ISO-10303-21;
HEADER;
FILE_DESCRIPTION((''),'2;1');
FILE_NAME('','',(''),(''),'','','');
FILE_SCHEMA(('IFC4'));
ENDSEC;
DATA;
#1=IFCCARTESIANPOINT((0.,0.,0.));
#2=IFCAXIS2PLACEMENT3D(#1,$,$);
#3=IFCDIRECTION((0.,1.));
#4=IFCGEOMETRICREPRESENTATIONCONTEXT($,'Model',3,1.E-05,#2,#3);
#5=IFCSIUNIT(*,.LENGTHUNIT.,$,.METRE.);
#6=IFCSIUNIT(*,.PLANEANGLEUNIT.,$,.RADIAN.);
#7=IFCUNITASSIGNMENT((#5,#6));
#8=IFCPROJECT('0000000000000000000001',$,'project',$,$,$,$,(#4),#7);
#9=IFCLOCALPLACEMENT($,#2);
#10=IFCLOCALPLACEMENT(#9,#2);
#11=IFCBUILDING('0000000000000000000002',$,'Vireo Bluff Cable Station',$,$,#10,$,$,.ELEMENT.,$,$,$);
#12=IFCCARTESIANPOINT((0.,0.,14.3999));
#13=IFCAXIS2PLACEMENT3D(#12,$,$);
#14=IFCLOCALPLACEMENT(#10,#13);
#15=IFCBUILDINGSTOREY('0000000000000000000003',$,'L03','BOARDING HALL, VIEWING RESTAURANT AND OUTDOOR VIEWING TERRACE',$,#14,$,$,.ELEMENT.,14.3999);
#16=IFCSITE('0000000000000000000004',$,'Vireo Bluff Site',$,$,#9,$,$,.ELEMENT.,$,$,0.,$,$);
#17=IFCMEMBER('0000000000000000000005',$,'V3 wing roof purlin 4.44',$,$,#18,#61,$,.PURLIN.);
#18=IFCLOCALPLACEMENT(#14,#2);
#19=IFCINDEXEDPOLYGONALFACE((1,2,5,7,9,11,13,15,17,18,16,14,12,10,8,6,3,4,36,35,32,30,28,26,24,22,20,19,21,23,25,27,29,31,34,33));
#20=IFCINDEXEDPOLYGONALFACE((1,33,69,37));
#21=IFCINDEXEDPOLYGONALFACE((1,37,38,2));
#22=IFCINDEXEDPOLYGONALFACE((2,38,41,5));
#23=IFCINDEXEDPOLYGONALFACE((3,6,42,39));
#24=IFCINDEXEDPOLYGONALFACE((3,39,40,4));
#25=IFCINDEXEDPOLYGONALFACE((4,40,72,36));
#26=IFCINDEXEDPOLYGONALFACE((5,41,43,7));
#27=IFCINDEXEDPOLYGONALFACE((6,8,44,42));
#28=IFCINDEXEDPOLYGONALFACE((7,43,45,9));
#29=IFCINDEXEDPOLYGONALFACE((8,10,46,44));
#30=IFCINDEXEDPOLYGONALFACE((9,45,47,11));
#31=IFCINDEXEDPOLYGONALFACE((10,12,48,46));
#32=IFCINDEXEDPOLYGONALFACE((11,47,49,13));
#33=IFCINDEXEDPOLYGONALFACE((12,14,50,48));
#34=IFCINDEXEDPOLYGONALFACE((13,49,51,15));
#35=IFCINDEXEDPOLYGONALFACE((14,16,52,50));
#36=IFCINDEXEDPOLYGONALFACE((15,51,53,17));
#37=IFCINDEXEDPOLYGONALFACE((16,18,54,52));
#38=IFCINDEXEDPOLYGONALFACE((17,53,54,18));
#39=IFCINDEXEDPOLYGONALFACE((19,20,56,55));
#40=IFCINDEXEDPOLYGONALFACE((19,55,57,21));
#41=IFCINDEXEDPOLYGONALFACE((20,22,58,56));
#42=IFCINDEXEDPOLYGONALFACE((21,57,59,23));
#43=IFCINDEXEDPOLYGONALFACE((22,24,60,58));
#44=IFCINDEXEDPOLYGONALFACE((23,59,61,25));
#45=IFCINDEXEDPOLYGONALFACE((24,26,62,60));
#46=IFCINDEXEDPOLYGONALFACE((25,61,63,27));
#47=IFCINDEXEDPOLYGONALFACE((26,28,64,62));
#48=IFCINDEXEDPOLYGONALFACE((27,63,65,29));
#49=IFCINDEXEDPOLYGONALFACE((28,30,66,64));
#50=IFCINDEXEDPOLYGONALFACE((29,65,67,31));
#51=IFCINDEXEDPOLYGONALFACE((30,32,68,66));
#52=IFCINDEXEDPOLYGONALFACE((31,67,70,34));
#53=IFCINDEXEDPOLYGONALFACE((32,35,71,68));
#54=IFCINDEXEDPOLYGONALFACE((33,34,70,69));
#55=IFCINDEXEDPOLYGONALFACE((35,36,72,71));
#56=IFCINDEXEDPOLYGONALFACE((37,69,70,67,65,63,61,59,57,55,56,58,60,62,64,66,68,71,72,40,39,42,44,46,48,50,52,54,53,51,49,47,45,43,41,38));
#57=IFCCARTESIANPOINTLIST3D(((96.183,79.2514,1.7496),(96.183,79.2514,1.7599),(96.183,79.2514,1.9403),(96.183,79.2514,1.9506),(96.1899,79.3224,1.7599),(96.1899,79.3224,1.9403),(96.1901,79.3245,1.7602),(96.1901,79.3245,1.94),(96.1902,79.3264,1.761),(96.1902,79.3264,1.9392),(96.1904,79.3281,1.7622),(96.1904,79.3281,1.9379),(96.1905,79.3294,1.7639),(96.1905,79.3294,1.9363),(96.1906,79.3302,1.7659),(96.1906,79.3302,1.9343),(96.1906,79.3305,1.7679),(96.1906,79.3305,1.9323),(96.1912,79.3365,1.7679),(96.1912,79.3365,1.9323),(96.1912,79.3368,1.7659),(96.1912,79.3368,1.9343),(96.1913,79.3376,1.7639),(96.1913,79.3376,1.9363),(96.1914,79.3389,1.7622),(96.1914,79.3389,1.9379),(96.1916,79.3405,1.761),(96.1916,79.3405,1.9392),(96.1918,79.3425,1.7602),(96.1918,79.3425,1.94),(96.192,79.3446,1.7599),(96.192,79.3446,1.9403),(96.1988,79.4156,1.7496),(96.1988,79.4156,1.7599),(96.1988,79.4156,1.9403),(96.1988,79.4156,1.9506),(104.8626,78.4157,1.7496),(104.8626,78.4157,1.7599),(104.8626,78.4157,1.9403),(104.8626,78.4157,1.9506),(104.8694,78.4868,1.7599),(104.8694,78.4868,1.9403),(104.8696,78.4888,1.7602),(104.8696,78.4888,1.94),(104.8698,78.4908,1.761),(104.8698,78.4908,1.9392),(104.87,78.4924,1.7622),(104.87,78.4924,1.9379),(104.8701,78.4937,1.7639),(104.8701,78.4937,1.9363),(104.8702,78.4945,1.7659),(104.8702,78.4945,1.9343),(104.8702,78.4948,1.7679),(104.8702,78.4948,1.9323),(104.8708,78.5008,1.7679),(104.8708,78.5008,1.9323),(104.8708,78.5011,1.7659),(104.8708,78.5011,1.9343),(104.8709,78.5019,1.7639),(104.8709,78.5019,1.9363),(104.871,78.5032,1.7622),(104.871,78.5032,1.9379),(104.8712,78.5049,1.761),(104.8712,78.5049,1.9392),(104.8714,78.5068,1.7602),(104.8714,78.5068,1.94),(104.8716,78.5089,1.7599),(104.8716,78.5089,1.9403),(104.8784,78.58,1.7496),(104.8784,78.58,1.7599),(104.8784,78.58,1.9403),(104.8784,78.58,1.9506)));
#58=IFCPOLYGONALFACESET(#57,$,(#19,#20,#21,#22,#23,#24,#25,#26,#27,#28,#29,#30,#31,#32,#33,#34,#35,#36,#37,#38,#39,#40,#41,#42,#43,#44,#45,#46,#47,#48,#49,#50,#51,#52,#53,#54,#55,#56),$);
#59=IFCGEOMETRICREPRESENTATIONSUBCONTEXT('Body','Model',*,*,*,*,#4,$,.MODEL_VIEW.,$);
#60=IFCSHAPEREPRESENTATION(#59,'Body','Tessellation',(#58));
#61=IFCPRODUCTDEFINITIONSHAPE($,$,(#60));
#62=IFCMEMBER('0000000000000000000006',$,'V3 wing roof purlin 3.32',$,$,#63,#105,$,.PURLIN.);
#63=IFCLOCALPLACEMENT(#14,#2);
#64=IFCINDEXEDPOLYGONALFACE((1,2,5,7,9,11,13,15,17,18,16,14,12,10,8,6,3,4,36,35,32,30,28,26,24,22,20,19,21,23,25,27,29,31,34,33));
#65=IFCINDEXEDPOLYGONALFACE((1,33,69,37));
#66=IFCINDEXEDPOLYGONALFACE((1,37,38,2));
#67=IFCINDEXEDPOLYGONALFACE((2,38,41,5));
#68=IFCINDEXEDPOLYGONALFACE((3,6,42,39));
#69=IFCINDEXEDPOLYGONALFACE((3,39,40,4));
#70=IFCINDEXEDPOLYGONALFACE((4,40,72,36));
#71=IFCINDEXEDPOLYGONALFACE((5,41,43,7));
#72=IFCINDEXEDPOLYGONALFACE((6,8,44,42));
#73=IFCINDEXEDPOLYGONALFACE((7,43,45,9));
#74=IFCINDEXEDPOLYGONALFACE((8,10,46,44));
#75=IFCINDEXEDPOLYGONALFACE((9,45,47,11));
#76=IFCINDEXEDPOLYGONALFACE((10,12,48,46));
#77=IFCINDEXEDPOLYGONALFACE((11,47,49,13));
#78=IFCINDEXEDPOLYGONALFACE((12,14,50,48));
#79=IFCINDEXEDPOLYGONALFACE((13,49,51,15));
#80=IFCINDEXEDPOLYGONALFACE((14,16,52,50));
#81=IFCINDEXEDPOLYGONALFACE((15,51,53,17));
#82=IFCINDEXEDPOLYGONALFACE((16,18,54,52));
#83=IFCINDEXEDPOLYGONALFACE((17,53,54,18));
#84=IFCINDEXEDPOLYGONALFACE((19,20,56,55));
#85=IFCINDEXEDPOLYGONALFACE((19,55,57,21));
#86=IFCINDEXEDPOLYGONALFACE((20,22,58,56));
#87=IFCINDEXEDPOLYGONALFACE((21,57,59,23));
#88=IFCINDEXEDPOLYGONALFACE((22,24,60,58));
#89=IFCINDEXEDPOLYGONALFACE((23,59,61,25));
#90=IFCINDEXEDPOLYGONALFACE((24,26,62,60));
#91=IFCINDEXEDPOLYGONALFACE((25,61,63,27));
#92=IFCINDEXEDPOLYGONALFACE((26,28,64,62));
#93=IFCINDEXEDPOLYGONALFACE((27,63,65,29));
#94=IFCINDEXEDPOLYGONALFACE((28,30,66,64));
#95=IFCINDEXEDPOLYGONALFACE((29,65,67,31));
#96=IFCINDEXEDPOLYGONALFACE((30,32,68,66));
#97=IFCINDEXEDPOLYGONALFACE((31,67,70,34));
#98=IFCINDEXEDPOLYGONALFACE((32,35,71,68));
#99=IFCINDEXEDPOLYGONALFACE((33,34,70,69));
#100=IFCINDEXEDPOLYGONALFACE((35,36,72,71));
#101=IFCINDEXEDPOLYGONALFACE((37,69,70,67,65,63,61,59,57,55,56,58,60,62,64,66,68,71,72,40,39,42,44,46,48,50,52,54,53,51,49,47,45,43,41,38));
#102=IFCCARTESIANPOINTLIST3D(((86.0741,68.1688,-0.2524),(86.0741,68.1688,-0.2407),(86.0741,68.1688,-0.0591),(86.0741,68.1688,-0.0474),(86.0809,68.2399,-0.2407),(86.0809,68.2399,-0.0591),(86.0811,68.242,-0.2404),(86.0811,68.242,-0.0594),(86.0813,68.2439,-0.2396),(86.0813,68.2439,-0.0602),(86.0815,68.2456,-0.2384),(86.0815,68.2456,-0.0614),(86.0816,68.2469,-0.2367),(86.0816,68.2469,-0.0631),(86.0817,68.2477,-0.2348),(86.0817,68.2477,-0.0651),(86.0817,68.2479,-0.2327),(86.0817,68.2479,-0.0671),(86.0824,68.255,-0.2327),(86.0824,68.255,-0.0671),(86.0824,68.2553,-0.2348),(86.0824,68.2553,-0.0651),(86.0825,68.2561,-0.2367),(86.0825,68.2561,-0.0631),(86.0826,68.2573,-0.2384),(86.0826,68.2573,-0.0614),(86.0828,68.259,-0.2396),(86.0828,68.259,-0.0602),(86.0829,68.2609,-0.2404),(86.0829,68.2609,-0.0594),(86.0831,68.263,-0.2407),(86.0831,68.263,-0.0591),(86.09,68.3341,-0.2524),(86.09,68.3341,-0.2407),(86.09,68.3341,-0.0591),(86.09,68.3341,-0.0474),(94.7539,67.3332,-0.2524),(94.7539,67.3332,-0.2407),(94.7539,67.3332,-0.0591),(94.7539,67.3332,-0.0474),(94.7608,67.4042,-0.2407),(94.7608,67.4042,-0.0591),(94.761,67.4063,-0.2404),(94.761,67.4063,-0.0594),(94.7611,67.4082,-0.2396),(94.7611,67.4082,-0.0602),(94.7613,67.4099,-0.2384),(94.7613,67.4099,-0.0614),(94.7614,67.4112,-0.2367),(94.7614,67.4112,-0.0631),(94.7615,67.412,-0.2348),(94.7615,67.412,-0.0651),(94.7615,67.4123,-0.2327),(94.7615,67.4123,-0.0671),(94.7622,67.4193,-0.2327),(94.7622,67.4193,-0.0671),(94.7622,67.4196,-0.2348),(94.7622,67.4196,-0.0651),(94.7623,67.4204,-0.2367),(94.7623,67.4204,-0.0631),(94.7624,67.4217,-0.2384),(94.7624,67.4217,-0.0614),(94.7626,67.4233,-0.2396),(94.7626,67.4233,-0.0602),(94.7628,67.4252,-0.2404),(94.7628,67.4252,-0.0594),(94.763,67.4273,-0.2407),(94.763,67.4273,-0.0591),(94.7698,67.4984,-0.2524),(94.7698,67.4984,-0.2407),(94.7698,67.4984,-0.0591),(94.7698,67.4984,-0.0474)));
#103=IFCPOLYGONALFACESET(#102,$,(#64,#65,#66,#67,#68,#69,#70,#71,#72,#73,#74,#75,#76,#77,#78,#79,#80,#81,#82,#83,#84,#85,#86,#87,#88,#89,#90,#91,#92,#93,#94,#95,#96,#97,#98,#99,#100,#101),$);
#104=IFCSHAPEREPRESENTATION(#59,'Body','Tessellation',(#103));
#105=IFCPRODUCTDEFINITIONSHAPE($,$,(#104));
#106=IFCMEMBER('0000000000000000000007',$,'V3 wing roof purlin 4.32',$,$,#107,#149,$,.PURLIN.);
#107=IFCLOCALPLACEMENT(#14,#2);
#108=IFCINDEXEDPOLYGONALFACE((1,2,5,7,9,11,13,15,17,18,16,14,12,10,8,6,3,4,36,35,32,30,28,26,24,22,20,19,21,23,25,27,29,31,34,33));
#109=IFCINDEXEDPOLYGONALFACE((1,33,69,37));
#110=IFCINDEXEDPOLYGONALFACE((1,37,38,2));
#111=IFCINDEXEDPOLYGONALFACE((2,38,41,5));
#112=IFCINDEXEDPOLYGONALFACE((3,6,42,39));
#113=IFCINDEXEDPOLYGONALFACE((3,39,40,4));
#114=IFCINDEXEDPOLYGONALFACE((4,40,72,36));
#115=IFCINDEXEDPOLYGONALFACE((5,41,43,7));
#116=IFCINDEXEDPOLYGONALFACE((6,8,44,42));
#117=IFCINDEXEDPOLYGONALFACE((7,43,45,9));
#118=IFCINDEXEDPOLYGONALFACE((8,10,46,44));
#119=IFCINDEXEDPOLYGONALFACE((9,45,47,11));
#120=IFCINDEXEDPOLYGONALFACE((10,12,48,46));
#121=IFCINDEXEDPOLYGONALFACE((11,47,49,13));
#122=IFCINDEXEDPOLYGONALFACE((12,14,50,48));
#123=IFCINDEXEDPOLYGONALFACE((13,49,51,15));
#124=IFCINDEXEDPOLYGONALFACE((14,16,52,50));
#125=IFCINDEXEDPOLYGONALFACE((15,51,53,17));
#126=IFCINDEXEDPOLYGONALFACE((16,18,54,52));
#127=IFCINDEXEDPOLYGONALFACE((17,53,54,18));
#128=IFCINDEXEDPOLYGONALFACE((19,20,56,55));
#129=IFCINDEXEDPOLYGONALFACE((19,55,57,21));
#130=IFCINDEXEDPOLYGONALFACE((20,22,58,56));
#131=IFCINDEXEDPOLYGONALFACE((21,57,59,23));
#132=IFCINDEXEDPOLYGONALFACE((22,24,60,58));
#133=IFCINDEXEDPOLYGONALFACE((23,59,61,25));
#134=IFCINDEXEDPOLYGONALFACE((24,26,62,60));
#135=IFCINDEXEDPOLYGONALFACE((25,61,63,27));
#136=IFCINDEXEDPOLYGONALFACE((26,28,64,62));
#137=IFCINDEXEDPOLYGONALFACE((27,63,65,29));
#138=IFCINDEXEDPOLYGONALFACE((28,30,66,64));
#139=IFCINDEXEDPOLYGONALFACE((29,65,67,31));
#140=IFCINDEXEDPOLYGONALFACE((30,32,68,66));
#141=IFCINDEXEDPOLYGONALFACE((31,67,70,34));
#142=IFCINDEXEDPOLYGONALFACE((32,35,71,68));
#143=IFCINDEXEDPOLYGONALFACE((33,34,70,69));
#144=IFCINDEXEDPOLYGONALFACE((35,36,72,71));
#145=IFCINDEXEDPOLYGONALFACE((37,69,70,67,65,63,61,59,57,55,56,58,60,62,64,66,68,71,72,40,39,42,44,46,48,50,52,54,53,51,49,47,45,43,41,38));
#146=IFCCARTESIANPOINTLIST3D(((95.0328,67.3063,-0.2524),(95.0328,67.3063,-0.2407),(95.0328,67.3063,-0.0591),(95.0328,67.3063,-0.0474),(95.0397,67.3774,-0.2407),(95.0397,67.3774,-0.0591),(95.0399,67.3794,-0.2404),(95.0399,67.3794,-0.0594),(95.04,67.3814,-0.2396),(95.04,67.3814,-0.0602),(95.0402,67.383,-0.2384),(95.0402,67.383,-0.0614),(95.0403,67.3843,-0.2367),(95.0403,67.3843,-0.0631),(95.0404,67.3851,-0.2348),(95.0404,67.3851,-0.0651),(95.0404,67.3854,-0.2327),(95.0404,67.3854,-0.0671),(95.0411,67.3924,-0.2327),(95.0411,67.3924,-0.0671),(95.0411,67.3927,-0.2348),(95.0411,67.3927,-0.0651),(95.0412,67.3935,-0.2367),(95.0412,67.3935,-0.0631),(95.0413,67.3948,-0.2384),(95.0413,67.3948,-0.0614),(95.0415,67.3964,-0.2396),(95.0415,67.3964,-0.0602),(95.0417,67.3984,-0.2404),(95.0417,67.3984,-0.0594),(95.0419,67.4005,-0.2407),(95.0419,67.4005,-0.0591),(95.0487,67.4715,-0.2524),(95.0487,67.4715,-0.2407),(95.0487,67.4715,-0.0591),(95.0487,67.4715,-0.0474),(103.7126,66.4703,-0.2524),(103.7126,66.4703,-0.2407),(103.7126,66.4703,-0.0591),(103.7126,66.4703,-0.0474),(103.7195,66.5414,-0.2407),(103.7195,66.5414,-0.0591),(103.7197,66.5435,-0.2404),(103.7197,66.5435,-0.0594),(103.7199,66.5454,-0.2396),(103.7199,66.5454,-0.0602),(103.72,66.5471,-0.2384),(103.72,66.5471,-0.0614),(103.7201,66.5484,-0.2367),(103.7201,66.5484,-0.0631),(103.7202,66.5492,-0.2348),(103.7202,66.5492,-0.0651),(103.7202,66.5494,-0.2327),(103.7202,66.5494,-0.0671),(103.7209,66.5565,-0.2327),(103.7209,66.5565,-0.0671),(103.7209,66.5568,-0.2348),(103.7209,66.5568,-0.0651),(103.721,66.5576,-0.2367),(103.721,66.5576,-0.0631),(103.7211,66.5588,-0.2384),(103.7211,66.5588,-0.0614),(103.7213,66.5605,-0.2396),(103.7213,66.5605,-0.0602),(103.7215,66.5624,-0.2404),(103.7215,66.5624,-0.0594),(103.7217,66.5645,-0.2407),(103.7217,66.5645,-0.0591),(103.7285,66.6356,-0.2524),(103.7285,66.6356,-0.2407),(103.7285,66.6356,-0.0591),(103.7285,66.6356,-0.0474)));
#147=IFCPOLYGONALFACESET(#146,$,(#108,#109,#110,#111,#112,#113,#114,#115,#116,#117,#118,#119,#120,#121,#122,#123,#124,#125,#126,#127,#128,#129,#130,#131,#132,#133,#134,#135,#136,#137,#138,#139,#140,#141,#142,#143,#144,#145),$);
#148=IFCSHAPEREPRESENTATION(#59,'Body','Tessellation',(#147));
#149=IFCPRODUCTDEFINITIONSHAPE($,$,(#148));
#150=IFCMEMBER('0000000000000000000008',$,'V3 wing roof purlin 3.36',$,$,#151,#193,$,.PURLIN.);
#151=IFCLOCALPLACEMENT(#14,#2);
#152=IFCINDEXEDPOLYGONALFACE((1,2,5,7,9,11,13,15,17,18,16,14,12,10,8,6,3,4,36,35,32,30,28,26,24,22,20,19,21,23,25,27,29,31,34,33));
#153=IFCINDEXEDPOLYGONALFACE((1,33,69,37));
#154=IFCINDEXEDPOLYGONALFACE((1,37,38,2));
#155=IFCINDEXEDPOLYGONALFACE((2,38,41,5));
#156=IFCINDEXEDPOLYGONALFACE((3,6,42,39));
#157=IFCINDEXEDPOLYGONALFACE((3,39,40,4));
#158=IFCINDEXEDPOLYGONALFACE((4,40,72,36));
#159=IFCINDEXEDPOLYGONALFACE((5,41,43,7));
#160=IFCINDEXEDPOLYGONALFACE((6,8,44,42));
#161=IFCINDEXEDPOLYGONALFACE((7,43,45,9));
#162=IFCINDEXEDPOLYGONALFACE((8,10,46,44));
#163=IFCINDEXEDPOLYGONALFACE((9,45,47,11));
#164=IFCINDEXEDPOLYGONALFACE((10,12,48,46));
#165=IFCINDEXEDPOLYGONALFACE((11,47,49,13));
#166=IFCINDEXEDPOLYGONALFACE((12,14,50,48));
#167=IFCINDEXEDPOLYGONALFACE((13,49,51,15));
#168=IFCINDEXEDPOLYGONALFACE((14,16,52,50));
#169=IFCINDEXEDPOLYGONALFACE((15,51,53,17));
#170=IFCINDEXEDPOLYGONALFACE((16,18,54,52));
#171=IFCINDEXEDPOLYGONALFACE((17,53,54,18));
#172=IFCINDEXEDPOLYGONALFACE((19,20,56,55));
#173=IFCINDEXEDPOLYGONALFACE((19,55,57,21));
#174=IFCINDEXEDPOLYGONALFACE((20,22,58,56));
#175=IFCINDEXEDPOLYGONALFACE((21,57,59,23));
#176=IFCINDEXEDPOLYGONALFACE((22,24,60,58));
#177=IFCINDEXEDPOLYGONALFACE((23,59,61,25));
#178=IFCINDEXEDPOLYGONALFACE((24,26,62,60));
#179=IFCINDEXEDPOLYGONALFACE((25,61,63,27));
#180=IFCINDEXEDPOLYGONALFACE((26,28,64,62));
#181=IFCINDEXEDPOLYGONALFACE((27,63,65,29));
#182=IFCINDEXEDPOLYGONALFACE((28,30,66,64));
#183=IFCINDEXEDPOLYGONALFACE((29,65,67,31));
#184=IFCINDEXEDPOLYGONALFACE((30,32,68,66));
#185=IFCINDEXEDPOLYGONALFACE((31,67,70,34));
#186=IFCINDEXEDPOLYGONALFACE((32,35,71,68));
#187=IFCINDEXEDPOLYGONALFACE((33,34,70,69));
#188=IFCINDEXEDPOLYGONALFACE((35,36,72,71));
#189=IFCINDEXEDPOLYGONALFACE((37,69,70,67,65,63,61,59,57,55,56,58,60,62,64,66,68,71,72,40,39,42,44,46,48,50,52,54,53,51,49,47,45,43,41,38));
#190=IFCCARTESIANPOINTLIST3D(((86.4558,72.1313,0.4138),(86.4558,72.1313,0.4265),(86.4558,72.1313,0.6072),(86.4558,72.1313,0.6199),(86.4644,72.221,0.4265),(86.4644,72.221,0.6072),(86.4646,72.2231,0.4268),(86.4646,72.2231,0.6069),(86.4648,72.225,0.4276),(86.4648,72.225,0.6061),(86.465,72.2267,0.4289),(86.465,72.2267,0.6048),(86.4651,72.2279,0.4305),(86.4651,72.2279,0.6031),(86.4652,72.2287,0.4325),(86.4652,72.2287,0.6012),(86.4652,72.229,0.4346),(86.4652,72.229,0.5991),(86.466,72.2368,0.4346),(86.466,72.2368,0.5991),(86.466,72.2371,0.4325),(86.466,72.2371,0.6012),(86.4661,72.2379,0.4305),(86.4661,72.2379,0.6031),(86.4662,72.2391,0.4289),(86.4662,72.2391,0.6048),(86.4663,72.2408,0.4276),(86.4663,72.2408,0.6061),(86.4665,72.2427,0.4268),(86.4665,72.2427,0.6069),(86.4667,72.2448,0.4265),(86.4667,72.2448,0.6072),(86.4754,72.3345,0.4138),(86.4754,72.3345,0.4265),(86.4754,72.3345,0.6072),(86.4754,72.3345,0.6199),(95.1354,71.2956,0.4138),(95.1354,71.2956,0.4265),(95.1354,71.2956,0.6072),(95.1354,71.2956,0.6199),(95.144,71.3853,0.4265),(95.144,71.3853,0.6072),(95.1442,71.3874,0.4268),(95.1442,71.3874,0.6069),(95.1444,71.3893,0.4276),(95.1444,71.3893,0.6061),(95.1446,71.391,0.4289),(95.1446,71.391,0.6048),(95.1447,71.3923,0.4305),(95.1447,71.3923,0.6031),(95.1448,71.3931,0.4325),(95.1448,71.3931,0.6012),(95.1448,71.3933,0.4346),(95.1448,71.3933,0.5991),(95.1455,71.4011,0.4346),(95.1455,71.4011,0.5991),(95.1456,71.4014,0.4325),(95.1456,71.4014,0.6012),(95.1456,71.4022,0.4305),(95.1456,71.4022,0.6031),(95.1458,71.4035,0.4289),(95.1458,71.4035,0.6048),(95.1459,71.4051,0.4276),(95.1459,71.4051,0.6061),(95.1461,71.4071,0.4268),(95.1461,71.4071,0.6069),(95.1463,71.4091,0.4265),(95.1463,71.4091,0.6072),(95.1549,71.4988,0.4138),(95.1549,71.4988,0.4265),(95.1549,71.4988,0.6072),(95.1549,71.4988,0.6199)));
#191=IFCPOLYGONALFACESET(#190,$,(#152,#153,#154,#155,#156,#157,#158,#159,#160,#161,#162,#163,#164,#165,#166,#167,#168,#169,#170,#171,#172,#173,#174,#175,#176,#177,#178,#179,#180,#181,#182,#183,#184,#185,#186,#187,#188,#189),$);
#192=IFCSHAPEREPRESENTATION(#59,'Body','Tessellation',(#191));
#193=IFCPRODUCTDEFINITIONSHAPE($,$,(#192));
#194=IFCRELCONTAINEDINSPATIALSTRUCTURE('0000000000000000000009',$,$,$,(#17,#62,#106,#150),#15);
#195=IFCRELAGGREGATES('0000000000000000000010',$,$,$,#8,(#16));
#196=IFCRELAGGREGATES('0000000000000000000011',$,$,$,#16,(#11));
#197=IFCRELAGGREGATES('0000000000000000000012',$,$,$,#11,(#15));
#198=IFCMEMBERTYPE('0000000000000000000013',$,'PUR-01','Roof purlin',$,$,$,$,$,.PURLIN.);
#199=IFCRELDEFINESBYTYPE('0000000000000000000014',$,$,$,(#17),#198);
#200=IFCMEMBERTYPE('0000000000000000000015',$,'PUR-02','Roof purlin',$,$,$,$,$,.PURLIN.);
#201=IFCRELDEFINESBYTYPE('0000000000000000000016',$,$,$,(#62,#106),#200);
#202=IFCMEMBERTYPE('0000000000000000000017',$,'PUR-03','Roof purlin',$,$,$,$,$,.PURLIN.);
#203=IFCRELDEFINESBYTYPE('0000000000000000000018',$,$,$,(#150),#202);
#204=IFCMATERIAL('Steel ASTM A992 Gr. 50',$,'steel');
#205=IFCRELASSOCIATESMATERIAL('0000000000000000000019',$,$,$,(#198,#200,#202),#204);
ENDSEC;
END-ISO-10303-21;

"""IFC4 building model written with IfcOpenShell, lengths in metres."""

from ifc_helpers import new_model, si_unit, direction, frame, origin, origin_2d, place, context, subcontext, project, spatial, i_section, extrude, material, material_profile, profile_set, type_object, element, save


model = new_model("IFC4")

# Units and contexts
model_context = context("Model", 3, precision=1e-05, world=origin(), true_north=direction((0.0, 1.0)))
body_context = subcontext(model_context, "Body", "Model", "MODEL_VIEW")
ifc_project = project(units=[si_unit("LENGTHUNIT", "METRE"), si_unit("PLANEANGLEUNIT", "RADIAN")], contexts=[model_context])

# Site, building, storey
site_placement = place(None, origin())
site = spatial("IfcSite", under=ifc_project, at=site_placement, Name="Vireo Bluff Site", CompositionType="ELEMENT", RefElevation=0.0)
building_placement = place(site_placement, origin())
building = spatial("IfcBuilding", under=site, at=building_placement, Name="Vireo Bluff Cable Station", CompositionType="ELEMENT")
storey_placement = place(building_placement, frame((0.0, 0.0, 14.3999)))
storey = spatial("IfcBuildingStorey", under=building, at=storey_placement, Name="L03", Description="BOARDING HALL, VIEWING RESTAURANT AND OUTDOOR VIEWING TERRACE", CompositionType="ELEMENT", Elevation=14.3999)

# Shared definitions
ifc_material_1 = material(Name="Steel ASTM A992 Gr. 50", Category="steel")

# Members
ifc_material_profile_1 = material_profile(ifc_material_1, i_section(OverallWidth=0.165, OverallDepth=0.2009, WebThickness=0.0061, FlangeThickness=0.0103, FilletRadius=0.0081, at=origin_2d()), Name="W8X24")
ifc_profile_set_1 = profile_set([ifc_material_profile_1], Name="Steel ASTM A992 Gr. 50")
member_type_1 = type_object("IfcMemberType", Name="PUR-01", Description="Roof purlin", PredefinedType="PURLIN", material=ifc_profile_set_1)
member_1_placement = place(storey_placement, frame((96.1909, 79.3335, 1.8501), z_axis=(0.995397, -0.095838, 0.0), x_axis=(0.095838, 0.995397, 0.0)))
element("IfcMember", 1, at=member_1_placement, inside=storey, type_object=member_type_1, Name="V3 wing roof purlin 4.44", PredefinedType="PURLIN", context=body_context, shape_type="SweptSolid", body=[
    extrude(i_section(OverallWidth=0.165, OverallDepth=0.2009, WebThickness=0.0061, FlangeThickness=0.0103, FilletRadius=0.0081, at=origin_2d()), origin(), (0.0, 0.0, 1.0), 8.7197),
])
ifc_material_profile_2 = material_profile(ifc_material_1, i_section(OverallWidth=0.166, OverallDepth=0.2051, WebThickness=0.0071, FlangeThickness=0.0117, FilletRadius=0.0081, at=origin_2d()), Name="W8X28")
ifc_profile_set_2 = profile_set([ifc_material_profile_2], Name="Steel ASTM A992 Gr. 50")
member_type_2 = type_object("IfcMemberType", Name="PUR-02", Description="Roof purlin", PredefinedType="PURLIN", material=ifc_profile_set_2)
for number, where, z_axis, x_axis, name in (
    (2, (86.082, 68.2515, -0.1499), (0.995397, -0.095836, 0.0), (0.095836, 0.995397, 0.0), "V3 wing roof purlin 3.32"),
    (3, (95.0408, 67.3889, -0.1499), (0.995394, -0.095866, 0.0), (0.095866, 0.995394, 0.0), "V3 wing roof purlin 4.32"),
):
    element("IfcMember", number, at=place(storey_placement, frame(where, z_axis=z_axis, x_axis=x_axis)), inside=storey, type_object=member_type_2, Name=name, PredefinedType="PURLIN", context=body_context, shape_type="SweptSolid", body=[
        extrude(i_section(OverallWidth=0.166, OverallDepth=0.2051, WebThickness=0.0071, FlangeThickness=0.0117, FilletRadius=0.0081, at=origin_2d()), origin(), (0.0, 0.0, 1.0), 8.72),
    ])
ifc_material_profile_3 = material_profile(ifc_material_1, i_section(OverallWidth=0.2041, OverallDepth=0.2061, WebThickness=0.0078, FlangeThickness=0.0127, FilletRadius=0.0081, at=origin_2d()), Name="W8X35")
ifc_profile_set_3 = profile_set([ifc_material_profile_3], Name="Steel ASTM A992 Gr. 50")
member_type_3 = type_object("IfcMemberType", Name="PUR-03", Description="Roof purlin", PredefinedType="PURLIN", material=ifc_profile_set_3)
member_2_placement = place(storey_placement, frame((86.4656, 72.2329, 0.5168), z_axis=(0.995397, -0.095838, 0.0), x_axis=(0.095838, 0.995397, 0.0)))
element("IfcMember", 4, at=member_2_placement, inside=storey, type_object=member_type_3, Name="V3 wing roof purlin 3.36", PredefinedType="PURLIN", context=body_context, shape_type="SweptSolid", body=[
    extrude(i_section(OverallWidth=0.2041, OverallDepth=0.2061, WebThickness=0.0078, FlangeThickness=0.0127, FilletRadius=0.0081, at=origin_2d()), origin(), (0.0, 0.0, 1.0), 8.7197),
])

save(model, "model.ifc")
